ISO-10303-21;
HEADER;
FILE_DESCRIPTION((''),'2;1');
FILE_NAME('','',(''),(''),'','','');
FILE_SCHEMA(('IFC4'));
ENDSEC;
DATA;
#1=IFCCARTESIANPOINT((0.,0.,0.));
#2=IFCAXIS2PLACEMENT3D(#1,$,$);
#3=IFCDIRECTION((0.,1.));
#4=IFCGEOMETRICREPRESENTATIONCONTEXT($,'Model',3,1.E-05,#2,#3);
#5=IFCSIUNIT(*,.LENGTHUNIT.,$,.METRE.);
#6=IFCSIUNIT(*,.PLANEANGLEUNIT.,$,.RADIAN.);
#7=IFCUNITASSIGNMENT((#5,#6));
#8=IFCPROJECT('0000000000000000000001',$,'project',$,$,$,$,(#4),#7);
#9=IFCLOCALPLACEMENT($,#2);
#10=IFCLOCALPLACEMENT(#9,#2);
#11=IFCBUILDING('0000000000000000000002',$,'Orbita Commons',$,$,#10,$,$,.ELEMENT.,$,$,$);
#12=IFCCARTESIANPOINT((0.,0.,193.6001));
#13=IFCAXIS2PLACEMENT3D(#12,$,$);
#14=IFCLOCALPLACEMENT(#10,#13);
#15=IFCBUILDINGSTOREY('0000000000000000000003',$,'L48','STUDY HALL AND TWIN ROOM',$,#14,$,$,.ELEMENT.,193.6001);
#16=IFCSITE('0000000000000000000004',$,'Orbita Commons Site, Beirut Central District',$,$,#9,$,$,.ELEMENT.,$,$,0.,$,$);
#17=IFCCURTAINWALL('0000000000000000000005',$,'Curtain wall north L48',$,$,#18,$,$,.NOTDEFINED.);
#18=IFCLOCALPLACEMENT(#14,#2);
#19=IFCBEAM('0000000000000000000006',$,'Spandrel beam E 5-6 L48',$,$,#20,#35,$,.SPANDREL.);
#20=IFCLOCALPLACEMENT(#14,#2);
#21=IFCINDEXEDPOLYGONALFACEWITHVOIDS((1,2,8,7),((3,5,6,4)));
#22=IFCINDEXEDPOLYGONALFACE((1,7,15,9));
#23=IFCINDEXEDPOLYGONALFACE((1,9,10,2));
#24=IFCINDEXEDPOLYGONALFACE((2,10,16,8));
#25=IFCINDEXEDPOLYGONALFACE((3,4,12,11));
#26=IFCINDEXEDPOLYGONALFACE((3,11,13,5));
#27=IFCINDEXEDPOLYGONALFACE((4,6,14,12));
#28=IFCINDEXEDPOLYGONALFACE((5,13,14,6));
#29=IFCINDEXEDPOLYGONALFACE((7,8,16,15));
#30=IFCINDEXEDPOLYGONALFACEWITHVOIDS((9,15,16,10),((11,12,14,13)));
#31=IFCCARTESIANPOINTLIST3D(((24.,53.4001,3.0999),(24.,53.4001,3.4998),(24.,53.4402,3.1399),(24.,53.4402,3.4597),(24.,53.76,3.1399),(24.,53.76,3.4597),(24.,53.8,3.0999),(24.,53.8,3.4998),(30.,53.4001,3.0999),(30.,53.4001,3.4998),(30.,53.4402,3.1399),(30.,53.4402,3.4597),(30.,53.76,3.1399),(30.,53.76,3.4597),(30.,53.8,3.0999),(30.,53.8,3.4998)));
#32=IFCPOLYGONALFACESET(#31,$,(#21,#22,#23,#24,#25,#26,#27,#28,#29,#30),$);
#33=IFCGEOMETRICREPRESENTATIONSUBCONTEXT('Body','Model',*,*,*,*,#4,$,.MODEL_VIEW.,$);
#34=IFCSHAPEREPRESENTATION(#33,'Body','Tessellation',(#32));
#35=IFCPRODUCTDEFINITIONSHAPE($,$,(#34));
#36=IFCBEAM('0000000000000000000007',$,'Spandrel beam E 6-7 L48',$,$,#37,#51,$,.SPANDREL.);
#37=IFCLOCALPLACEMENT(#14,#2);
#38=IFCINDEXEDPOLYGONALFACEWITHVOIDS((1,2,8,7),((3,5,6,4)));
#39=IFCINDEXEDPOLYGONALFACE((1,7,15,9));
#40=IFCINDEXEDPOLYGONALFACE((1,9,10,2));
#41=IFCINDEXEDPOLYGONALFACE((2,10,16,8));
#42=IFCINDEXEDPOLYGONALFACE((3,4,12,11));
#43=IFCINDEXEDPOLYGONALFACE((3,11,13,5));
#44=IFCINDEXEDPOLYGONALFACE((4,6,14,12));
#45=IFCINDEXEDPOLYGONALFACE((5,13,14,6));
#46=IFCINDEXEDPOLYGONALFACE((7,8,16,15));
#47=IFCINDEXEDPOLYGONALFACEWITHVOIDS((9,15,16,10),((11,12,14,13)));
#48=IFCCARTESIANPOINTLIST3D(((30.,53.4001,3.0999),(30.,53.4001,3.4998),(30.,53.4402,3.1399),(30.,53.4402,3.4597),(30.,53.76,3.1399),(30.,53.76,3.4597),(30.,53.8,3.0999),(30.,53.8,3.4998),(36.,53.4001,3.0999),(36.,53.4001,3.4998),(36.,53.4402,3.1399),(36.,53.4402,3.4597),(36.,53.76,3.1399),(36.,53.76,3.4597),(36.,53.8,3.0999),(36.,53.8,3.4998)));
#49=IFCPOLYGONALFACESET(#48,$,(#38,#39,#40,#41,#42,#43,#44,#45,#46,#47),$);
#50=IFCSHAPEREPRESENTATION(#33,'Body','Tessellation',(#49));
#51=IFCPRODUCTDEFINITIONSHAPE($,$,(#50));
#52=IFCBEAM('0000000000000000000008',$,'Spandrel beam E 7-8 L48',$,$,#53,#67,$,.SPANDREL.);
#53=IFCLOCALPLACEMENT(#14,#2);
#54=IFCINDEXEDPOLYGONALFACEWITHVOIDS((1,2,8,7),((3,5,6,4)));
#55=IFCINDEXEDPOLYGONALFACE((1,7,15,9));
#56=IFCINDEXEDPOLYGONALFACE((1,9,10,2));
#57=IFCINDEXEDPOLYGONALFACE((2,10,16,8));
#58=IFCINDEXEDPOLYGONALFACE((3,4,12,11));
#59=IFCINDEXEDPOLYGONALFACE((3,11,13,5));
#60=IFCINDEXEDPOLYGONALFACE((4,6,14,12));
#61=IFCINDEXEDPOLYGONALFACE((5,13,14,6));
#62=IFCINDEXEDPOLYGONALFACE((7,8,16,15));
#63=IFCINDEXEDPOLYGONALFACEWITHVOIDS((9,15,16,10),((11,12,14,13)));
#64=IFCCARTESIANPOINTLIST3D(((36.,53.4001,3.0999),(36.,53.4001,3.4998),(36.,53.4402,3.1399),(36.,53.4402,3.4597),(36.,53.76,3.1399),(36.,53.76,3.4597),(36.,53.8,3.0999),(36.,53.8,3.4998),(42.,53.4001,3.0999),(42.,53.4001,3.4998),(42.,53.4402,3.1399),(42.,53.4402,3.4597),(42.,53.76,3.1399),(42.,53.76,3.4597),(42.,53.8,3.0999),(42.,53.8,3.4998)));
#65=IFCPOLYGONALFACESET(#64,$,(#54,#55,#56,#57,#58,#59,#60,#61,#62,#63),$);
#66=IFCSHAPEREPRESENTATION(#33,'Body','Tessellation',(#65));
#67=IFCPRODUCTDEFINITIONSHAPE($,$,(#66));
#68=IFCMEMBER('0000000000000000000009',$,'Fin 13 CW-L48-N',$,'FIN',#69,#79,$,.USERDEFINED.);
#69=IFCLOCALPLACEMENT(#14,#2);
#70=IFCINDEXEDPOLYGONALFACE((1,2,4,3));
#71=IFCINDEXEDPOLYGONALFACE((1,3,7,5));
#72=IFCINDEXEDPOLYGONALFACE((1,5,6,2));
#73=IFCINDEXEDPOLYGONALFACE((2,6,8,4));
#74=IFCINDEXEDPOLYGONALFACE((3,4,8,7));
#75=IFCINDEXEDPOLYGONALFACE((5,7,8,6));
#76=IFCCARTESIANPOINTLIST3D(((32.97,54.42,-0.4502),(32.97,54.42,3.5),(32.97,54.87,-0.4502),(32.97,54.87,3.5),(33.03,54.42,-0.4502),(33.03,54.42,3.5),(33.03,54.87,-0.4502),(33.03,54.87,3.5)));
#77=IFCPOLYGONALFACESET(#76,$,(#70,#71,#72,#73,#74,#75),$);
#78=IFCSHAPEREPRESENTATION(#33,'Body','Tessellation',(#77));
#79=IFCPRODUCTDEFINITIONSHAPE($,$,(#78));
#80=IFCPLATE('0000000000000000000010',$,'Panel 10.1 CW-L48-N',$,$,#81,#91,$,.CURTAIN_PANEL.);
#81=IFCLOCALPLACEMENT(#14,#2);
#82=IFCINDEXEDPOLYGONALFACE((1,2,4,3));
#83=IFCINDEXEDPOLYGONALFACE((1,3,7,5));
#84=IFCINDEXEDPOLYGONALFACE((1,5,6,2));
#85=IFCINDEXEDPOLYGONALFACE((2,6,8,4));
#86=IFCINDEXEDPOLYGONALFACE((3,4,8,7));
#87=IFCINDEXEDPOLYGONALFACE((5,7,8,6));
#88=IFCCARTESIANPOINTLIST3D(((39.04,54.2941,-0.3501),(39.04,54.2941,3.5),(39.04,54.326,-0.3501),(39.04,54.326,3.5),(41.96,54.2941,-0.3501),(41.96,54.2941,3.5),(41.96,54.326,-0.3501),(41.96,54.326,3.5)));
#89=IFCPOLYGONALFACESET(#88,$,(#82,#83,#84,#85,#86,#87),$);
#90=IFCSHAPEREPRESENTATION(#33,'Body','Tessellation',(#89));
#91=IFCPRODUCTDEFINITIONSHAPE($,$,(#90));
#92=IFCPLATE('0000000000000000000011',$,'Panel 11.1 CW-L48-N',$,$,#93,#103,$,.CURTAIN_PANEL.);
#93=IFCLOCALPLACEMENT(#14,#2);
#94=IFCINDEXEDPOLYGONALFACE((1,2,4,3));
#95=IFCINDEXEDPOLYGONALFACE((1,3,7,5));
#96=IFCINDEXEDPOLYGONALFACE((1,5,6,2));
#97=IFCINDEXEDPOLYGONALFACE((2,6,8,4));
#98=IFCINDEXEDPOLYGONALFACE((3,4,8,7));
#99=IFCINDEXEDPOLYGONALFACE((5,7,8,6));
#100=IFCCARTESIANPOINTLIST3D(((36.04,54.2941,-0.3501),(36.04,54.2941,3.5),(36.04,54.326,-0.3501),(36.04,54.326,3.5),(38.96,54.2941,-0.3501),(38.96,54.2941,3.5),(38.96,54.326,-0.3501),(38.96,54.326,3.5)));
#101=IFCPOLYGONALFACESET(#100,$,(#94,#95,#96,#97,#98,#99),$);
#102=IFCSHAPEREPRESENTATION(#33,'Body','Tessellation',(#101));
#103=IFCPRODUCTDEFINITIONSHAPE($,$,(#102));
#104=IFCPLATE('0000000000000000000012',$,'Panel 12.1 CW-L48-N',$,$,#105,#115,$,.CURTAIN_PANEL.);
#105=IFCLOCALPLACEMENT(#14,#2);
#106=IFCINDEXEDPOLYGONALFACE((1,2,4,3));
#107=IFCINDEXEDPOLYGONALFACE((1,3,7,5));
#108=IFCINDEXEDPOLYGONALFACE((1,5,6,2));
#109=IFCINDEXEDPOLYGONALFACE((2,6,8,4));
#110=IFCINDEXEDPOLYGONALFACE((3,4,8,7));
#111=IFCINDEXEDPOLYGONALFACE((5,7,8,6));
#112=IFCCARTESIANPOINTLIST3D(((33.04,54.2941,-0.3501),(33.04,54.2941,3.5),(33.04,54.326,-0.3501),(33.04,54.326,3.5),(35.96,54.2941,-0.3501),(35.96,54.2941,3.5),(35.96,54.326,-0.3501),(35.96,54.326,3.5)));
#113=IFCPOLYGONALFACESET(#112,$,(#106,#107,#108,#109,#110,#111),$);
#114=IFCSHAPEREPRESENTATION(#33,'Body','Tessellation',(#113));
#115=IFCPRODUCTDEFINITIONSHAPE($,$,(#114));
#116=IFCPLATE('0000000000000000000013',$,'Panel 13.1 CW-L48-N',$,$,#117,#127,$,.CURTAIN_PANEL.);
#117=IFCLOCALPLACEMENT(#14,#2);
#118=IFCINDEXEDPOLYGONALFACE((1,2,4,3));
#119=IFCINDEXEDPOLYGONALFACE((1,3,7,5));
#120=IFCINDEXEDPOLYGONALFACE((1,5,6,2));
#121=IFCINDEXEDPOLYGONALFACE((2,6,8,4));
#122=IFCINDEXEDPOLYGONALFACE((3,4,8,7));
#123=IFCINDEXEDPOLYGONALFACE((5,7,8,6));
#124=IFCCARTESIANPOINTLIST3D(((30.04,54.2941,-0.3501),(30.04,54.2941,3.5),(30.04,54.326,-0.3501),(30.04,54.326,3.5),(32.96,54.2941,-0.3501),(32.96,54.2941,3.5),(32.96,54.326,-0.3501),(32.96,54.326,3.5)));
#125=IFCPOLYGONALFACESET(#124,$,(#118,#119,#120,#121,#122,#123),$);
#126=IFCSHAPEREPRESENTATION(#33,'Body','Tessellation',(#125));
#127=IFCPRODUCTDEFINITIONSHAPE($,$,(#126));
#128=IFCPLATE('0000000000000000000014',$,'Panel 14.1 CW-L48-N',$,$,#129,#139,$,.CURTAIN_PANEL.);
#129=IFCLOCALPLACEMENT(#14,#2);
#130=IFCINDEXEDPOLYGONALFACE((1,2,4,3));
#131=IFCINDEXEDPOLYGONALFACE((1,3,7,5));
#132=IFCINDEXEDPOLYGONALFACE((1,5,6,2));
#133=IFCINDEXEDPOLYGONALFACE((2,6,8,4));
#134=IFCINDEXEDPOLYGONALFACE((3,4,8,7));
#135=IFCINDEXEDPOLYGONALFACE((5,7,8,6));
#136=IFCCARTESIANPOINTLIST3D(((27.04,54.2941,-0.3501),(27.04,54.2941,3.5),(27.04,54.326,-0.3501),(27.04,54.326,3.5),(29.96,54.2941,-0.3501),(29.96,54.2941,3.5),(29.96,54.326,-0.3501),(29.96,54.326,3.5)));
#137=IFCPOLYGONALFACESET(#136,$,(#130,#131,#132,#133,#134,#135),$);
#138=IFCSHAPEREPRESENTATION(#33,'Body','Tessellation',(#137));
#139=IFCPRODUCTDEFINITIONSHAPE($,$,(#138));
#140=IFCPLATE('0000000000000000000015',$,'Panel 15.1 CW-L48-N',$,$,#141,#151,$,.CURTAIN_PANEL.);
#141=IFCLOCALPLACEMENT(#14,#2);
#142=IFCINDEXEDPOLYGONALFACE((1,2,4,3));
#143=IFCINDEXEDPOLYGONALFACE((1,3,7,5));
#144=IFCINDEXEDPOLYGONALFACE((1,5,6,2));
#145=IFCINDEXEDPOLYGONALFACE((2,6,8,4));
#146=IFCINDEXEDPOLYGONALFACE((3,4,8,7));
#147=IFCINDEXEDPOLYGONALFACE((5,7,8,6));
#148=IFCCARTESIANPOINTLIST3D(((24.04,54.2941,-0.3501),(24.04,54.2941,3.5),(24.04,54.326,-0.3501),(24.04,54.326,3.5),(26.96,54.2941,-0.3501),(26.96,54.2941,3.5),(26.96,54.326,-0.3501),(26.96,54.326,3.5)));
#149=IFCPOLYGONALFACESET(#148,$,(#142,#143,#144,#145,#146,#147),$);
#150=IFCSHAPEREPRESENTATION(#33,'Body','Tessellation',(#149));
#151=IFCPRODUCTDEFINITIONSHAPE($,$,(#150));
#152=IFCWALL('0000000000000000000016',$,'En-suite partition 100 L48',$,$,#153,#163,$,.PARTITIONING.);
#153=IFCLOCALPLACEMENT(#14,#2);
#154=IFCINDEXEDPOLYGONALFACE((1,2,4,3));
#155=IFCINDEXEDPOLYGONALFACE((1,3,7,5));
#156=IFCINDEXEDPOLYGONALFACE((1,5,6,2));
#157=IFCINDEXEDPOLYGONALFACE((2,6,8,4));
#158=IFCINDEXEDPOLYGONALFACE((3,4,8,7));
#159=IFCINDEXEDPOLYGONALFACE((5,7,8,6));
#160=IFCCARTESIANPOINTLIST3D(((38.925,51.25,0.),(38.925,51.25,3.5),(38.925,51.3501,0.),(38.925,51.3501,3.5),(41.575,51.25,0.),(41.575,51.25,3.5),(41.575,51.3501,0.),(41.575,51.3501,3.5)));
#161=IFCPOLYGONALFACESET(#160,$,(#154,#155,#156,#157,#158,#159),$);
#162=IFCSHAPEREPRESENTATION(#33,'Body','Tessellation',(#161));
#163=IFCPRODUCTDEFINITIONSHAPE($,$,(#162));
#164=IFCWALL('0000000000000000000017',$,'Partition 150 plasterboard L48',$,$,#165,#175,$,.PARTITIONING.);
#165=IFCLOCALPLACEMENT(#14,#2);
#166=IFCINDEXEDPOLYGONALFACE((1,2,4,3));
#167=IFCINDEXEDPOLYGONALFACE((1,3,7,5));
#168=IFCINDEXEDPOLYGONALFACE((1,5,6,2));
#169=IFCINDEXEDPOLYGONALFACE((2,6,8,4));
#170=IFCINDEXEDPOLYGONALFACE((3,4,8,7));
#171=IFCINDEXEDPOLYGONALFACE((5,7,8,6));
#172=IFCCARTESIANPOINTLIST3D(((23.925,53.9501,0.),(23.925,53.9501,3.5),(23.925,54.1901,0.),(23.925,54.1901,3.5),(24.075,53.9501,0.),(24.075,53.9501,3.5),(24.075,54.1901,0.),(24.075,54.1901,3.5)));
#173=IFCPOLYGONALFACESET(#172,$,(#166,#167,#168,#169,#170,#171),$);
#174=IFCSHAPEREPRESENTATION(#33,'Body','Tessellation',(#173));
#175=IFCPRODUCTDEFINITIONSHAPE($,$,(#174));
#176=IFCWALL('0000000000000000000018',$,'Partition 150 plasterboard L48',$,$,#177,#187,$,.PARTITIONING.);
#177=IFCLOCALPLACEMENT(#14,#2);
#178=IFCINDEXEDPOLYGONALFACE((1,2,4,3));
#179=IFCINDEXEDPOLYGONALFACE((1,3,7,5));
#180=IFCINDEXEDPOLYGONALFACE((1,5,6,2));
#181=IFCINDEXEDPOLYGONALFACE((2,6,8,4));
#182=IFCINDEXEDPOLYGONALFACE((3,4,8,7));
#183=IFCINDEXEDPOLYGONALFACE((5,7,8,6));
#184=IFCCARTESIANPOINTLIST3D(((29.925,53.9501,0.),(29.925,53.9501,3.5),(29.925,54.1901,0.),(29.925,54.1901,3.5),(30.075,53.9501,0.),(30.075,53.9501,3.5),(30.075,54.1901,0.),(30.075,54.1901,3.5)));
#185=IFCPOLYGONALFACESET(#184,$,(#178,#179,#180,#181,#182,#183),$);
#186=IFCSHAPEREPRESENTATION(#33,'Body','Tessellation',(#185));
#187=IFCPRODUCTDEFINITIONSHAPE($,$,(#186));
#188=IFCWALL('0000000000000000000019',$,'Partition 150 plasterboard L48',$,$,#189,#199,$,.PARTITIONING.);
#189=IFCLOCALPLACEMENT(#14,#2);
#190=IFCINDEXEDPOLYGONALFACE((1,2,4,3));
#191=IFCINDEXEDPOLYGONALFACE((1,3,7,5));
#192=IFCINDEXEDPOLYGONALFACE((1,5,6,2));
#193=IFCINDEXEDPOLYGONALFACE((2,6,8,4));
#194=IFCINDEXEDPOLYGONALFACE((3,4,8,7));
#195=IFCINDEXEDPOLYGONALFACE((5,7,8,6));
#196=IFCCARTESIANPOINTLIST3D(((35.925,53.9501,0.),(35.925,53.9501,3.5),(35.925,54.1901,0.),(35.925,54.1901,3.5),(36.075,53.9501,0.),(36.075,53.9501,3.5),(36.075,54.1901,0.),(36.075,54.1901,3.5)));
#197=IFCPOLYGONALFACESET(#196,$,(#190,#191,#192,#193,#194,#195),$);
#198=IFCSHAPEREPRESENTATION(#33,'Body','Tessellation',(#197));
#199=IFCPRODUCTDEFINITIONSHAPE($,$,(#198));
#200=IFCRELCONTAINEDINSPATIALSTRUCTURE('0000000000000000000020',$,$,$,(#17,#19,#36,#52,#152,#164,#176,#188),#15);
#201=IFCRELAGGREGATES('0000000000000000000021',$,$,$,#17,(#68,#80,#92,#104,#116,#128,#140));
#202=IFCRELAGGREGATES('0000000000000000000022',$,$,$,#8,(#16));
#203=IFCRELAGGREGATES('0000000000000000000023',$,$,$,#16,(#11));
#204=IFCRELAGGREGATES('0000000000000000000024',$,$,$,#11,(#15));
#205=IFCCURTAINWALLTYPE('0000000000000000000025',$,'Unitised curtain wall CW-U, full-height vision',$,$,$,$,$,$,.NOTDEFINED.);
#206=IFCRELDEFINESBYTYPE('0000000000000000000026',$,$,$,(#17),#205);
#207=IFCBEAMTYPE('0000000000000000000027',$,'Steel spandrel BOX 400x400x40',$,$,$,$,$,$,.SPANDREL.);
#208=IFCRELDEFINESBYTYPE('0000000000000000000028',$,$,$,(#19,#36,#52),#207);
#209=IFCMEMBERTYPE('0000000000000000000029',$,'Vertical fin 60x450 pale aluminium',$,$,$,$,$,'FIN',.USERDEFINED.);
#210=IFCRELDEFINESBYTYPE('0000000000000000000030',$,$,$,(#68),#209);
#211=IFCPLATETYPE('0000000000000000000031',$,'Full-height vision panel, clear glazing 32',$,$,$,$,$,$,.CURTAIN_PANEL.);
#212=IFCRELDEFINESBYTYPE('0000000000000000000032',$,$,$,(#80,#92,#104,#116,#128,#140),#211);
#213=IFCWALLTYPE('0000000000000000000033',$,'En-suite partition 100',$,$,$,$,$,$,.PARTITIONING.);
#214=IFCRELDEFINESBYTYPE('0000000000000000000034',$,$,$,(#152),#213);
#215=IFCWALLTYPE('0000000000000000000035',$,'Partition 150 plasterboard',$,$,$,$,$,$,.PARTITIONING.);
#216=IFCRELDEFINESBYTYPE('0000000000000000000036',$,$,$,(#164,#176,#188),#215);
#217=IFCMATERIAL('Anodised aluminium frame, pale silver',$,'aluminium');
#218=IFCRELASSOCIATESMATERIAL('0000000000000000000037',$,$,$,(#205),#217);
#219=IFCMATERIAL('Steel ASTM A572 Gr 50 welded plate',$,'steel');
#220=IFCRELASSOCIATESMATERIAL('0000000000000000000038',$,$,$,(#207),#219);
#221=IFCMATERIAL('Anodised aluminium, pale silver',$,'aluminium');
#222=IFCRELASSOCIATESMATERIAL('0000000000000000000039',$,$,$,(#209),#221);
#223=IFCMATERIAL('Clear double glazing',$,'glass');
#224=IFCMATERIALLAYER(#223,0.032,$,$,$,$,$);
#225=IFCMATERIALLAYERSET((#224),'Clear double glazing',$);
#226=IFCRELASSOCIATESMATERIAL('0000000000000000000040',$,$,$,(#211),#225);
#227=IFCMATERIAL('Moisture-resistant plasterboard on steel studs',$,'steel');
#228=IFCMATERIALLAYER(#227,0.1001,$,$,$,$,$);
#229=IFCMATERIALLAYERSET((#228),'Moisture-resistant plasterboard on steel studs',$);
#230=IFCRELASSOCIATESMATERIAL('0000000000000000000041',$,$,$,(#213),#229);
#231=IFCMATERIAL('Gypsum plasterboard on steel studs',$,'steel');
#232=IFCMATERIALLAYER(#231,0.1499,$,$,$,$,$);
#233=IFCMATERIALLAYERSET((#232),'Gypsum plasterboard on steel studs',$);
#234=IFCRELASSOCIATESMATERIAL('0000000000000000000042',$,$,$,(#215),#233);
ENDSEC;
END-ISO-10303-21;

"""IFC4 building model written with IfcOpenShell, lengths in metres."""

from ifc_helpers import new_model, si_unit, direction, frame, frame_2d, origin, origin_2d, place, context, subcontext, project, spatial, rectangle, hollow_rectangle, extrude, material, layer, layer_set, material_profile, profile_set, type_object, element, aggregate, save


model = new_model("IFC4")

# Units and contexts
model_context = context("Model", 3, precision=1e-05, world=origin(), true_north=direction((0.0, 1.0)))
body_context = subcontext(model_context, "Body", "Model", "MODEL_VIEW")
ifc_project = project(units=[si_unit("LENGTHUNIT", "METRE"), si_unit("PLANEANGLEUNIT", "RADIAN")], contexts=[model_context])

# Site, building, storey
site_placement = place(None, origin())
site = spatial("IfcSite", under=ifc_project, at=site_placement, Name="Orbita Commons Site, Beirut Central District", CompositionType="ELEMENT", RefElevation=0.0)
building_placement = place(site_placement, origin())
building = spatial("IfcBuilding", under=site, at=building_placement, Name="Orbita Commons", CompositionType="ELEMENT")
storey_placement = place(building_placement, frame((0.0, 0.0, 193.6001)))
storey = spatial("IfcBuildingStorey", under=building, at=storey_placement, Name="L48", Description="STUDY HALL AND TWIN ROOM", CompositionType="ELEMENT", Elevation=193.6001)

# Curtain wall
ifc_material_1 = material(Name="Anodised aluminium frame, pale silver", Category="aluminium")
curtain_wall_type = type_object("IfcCurtainWallType", Name="Unitised curtain wall CW-U, full-height vision", PredefinedType="NOTDEFINED", material=ifc_material_1)
curtain_wall_placement = place(storey_placement, origin())
curtain_wall = element("IfcCurtainWall", 1, at=curtain_wall_placement, inside=storey, type_object=curtain_wall_type, Name="Curtain wall north L48", PredefinedType="NOTDEFINED")

# Beams
ifc_material_2 = material(Name="Steel ASTM A572 Gr 50 welded plate", Category="steel")
ifc_material_profile_1 = material_profile(ifc_material_2, hollow_rectangle(XDim=0.3999, YDim=0.3999, WallThickness=0.04, at=origin_2d()), Name="BOX 400x400x40")
ifc_profile_set_1 = profile_set([ifc_material_profile_1], Name="Steel ASTM A572 Gr 50 welded plate")
beam_type = type_object("IfcBeamType", Name="Steel spandrel BOX 400x400x40", PredefinedType="SPANDREL", material=ifc_profile_set_1)
for number, where, z_axis, x_axis, name in (
    (2, (24.0, 53.6001, 3.2998), (1.0, 0.0, 0.0), (0.0, 1.0, 0.0), "Spandrel beam E 5-6 L48"),
    (3, (30.0, 53.6001, 3.2998), (1.0, 0.0, 0.0), (0.0, 1.0, 0.0), "Spandrel beam E 6-7 L48"),
    (4, (36.0, 53.6001, 3.2998), (1.0, 0.0, 0.0), (0.0, 1.0, 0.0), "Spandrel beam E 7-8 L48"),
):
    element("IfcBeam", number, at=place(storey_placement, frame(where, z_axis=z_axis, x_axis=x_axis)), inside=storey, type_object=beam_type, Name=name, PredefinedType="SPANDREL", context=body_context, shape_type="SweptSolid", body=[
        extrude(hollow_rectangle(XDim=0.3999, YDim=0.3999, WallThickness=0.04, at=origin_2d()), origin(), (0.0, 0.0, 1.0), 6.0),
    ])

# Member
ifc_material_3 = material(Name="Anodised aluminium, pale silver", Category="aluminium")
ifc_material_profile_2 = material_profile(ifc_material_3, rectangle(XDim=0.0601, YDim=0.45, at=origin_2d()), Name="FIN 60x450")
ifc_profile_set_2 = profile_set([ifc_material_profile_2], Name="Anodised aluminium, pale silver")
member_type_1 = type_object("IfcMemberType", Name="Vertical fin 60x450 pale aluminium", ElementType="FIN", PredefinedType="USERDEFINED", material=ifc_profile_set_2)
member_1_placement = place(storey_placement, frame((33.0, 54.645, -0.4502), z_axis=(0.0, 0.0, 1.0), x_axis=(-1.0, 0.0, 0.0)))
member_1 = element("IfcMember", 5, at=member_1_placement, type_object=member_type_1, Name="Fin 13 CW-L48-N", ObjectType="FIN", PredefinedType="USERDEFINED", context=body_context, shape_type="SweptSolid", body=[
    extrude(rectangle(XDim=0.0601, YDim=0.45, at=origin_2d()), origin(), (0.0, 0.0, 1.0), 3.9502),
])

# Plates
ifc_material_4 = material(Name="Clear double glazing", Category="glass")
ifc_layer_1 = layer(ifc_material_4, 0.032)
ifc_layer_set_1 = layer_set([ifc_layer_1], Name="Clear double glazing")
plate_type = type_object("IfcPlateType", Name="Full-height vision panel, clear glazing 32", PredefinedType="CURTAIN_PANEL", material=ifc_layer_set_1)
plate_1_placement = place(storey_placement, frame((40.5, 54.3101, -0.3501), z_axis=(0.0, 0.0, 1.0), x_axis=(-1.0, 0.0, 0.0)))
plate_1 = element("IfcPlate", 6, at=plate_1_placement, type_object=plate_type, Name="Panel 10.1 CW-L48-N", PredefinedType="CURTAIN_PANEL", context=body_context, shape_type="SweptSolid", body=[
    extrude(rectangle(XDim=2.9199, YDim=0.032, at=origin_2d()), origin(), (0.0, 0.0, 1.0), 3.8501),
])
plate_2_placement = place(storey_placement, frame((37.5, 54.3101, -0.3501), z_axis=(0.0, 0.0, 1.0), x_axis=(-1.0, 0.0, 0.0)))
plate_2 = element("IfcPlate", 7, at=plate_2_placement, type_object=plate_type, Name="Panel 11.1 CW-L48-N", PredefinedType="CURTAIN_PANEL", context=body_context, shape_type="SweptSolid", body=[
    extrude(rectangle(XDim=2.9199, YDim=0.032, at=origin_2d()), origin(), (0.0, 0.0, 1.0), 3.8501),
])
plate_3_placement = place(storey_placement, frame((34.5, 54.3101, -0.3501), z_axis=(0.0, 0.0, 1.0), x_axis=(-1.0, 0.0, 0.0)))
plate_3 = element("IfcPlate", 8, at=plate_3_placement, type_object=plate_type, Name="Panel 12.1 CW-L48-N", PredefinedType="CURTAIN_PANEL", context=body_context, shape_type="SweptSolid", body=[
    extrude(rectangle(XDim=2.9199, YDim=0.032, at=origin_2d()), origin(), (0.0, 0.0, 1.0), 3.8501),
])
plate_4_placement = place(storey_placement, frame((31.5, 54.3101, -0.3501), z_axis=(0.0, 0.0, 1.0), x_axis=(-1.0, 0.0, 0.0)))
plate_4 = element("IfcPlate", 9, at=plate_4_placement, type_object=plate_type, Name="Panel 13.1 CW-L48-N", PredefinedType="CURTAIN_PANEL", context=body_context, shape_type="SweptSolid", body=[
    extrude(rectangle(XDim=2.9199, YDim=0.032, at=origin_2d()), origin(), (0.0, 0.0, 1.0), 3.8501),
])
plate_5_placement = place(storey_placement, frame((28.5, 54.3101, -0.3501), z_axis=(0.0, 0.0, 1.0), x_axis=(-1.0, 0.0, 0.0)))
plate_5 = element("IfcPlate", 10, at=plate_5_placement, type_object=plate_type, Name="Panel 14.1 CW-L48-N", PredefinedType="CURTAIN_PANEL", context=body_context, shape_type="SweptSolid", body=[
    extrude(rectangle(XDim=2.9199, YDim=0.032, at=origin_2d()), origin(), (0.0, 0.0, 1.0), 3.8501),
])
plate_6_placement = place(storey_placement, frame((25.5, 54.3101, -0.3501), z_axis=(0.0, 0.0, 1.0), x_axis=(-1.0, 0.0, 0.0)))
plate_6 = element("IfcPlate", 11, at=plate_6_placement, type_object=plate_type, Name="Panel 15.1 CW-L48-N", PredefinedType="CURTAIN_PANEL", context=body_context, shape_type="SweptSolid", body=[
    extrude(rectangle(XDim=2.9199, YDim=0.032, at=origin_2d()), origin(), (0.0, 0.0, 1.0), 3.8501),
])
aggregate(curtain_wall, [member_1, plate_1, plate_2, plate_3, plate_4, plate_5, plate_6])

# Walls
ifc_material_5 = material(Name="Moisture-resistant plasterboard on steel studs", Category="steel")
ifc_layer_2 = layer(ifc_material_5, 0.1001)
ifc_layer_set_2 = layer_set([ifc_layer_2], Name="Moisture-resistant plasterboard on steel studs")
wall_type_1 = type_object("IfcWallType", Name="En-suite partition 100", PredefinedType="PARTITIONING", material=ifc_layer_set_2)
wall_placement = place(storey_placement, frame((38.925, 51.3, 0.0), z_axis=(0.0, 0.0, 1.0), x_axis=(1.0, 0.0, 0.0)))
element("IfcWall", 12, at=wall_placement, inside=storey, type_object=wall_type_1, Name="En-suite partition 100 L48", PredefinedType="PARTITIONING", context=body_context, shape_type="SweptSolid", body=[
    extrude(rectangle(XDim=2.6499, YDim=0.1001, at=frame_2d((1.325, 0.0))), origin(), (0.0, 0.0, 1.0), 3.5),
])
ifc_material_6 = material(Name="Gypsum plasterboard on steel studs", Category="steel")
ifc_layer_3 = layer(ifc_material_6, 0.1499)
ifc_layer_set_3 = layer_set([ifc_layer_3], Name="Gypsum plasterboard on steel studs")
wall_type_2 = type_object("IfcWallType", Name="Partition 150 plasterboard", PredefinedType="PARTITIONING", material=ifc_layer_set_3)
for number, where, z_axis, x_axis, name in (
    (13, (24.0, 53.95, 0.0), (0.0, 0.0, 1.0), (0.0, 1.0, 0.0), "Partition 150 plasterboard L48"),
    (14, (30.0, 53.95, 0.0), (0.0, 0.0, 1.0), (0.0, 1.0, 0.0), "Partition 150 plasterboard L48"),
    (15, (36.0, 53.95, 0.0), (0.0, 0.0, 1.0), (0.0, 1.0, 0.0), "Partition 150 plasterboard L48"),
):
    element("IfcWall", number, at=place(storey_placement, frame(where, z_axis=z_axis, x_axis=x_axis)), inside=storey, type_object=wall_type_2, Name=name, PredefinedType="PARTITIONING", context=body_context, shape_type="SweptSolid", body=[
        extrude(rectangle(XDim=0.24, YDim=0.1499, at=frame_2d((0.1201, 0.0))), origin(), (0.0, 0.0, 1.0), 3.5),
    ])

save(model, "model.ifc")
